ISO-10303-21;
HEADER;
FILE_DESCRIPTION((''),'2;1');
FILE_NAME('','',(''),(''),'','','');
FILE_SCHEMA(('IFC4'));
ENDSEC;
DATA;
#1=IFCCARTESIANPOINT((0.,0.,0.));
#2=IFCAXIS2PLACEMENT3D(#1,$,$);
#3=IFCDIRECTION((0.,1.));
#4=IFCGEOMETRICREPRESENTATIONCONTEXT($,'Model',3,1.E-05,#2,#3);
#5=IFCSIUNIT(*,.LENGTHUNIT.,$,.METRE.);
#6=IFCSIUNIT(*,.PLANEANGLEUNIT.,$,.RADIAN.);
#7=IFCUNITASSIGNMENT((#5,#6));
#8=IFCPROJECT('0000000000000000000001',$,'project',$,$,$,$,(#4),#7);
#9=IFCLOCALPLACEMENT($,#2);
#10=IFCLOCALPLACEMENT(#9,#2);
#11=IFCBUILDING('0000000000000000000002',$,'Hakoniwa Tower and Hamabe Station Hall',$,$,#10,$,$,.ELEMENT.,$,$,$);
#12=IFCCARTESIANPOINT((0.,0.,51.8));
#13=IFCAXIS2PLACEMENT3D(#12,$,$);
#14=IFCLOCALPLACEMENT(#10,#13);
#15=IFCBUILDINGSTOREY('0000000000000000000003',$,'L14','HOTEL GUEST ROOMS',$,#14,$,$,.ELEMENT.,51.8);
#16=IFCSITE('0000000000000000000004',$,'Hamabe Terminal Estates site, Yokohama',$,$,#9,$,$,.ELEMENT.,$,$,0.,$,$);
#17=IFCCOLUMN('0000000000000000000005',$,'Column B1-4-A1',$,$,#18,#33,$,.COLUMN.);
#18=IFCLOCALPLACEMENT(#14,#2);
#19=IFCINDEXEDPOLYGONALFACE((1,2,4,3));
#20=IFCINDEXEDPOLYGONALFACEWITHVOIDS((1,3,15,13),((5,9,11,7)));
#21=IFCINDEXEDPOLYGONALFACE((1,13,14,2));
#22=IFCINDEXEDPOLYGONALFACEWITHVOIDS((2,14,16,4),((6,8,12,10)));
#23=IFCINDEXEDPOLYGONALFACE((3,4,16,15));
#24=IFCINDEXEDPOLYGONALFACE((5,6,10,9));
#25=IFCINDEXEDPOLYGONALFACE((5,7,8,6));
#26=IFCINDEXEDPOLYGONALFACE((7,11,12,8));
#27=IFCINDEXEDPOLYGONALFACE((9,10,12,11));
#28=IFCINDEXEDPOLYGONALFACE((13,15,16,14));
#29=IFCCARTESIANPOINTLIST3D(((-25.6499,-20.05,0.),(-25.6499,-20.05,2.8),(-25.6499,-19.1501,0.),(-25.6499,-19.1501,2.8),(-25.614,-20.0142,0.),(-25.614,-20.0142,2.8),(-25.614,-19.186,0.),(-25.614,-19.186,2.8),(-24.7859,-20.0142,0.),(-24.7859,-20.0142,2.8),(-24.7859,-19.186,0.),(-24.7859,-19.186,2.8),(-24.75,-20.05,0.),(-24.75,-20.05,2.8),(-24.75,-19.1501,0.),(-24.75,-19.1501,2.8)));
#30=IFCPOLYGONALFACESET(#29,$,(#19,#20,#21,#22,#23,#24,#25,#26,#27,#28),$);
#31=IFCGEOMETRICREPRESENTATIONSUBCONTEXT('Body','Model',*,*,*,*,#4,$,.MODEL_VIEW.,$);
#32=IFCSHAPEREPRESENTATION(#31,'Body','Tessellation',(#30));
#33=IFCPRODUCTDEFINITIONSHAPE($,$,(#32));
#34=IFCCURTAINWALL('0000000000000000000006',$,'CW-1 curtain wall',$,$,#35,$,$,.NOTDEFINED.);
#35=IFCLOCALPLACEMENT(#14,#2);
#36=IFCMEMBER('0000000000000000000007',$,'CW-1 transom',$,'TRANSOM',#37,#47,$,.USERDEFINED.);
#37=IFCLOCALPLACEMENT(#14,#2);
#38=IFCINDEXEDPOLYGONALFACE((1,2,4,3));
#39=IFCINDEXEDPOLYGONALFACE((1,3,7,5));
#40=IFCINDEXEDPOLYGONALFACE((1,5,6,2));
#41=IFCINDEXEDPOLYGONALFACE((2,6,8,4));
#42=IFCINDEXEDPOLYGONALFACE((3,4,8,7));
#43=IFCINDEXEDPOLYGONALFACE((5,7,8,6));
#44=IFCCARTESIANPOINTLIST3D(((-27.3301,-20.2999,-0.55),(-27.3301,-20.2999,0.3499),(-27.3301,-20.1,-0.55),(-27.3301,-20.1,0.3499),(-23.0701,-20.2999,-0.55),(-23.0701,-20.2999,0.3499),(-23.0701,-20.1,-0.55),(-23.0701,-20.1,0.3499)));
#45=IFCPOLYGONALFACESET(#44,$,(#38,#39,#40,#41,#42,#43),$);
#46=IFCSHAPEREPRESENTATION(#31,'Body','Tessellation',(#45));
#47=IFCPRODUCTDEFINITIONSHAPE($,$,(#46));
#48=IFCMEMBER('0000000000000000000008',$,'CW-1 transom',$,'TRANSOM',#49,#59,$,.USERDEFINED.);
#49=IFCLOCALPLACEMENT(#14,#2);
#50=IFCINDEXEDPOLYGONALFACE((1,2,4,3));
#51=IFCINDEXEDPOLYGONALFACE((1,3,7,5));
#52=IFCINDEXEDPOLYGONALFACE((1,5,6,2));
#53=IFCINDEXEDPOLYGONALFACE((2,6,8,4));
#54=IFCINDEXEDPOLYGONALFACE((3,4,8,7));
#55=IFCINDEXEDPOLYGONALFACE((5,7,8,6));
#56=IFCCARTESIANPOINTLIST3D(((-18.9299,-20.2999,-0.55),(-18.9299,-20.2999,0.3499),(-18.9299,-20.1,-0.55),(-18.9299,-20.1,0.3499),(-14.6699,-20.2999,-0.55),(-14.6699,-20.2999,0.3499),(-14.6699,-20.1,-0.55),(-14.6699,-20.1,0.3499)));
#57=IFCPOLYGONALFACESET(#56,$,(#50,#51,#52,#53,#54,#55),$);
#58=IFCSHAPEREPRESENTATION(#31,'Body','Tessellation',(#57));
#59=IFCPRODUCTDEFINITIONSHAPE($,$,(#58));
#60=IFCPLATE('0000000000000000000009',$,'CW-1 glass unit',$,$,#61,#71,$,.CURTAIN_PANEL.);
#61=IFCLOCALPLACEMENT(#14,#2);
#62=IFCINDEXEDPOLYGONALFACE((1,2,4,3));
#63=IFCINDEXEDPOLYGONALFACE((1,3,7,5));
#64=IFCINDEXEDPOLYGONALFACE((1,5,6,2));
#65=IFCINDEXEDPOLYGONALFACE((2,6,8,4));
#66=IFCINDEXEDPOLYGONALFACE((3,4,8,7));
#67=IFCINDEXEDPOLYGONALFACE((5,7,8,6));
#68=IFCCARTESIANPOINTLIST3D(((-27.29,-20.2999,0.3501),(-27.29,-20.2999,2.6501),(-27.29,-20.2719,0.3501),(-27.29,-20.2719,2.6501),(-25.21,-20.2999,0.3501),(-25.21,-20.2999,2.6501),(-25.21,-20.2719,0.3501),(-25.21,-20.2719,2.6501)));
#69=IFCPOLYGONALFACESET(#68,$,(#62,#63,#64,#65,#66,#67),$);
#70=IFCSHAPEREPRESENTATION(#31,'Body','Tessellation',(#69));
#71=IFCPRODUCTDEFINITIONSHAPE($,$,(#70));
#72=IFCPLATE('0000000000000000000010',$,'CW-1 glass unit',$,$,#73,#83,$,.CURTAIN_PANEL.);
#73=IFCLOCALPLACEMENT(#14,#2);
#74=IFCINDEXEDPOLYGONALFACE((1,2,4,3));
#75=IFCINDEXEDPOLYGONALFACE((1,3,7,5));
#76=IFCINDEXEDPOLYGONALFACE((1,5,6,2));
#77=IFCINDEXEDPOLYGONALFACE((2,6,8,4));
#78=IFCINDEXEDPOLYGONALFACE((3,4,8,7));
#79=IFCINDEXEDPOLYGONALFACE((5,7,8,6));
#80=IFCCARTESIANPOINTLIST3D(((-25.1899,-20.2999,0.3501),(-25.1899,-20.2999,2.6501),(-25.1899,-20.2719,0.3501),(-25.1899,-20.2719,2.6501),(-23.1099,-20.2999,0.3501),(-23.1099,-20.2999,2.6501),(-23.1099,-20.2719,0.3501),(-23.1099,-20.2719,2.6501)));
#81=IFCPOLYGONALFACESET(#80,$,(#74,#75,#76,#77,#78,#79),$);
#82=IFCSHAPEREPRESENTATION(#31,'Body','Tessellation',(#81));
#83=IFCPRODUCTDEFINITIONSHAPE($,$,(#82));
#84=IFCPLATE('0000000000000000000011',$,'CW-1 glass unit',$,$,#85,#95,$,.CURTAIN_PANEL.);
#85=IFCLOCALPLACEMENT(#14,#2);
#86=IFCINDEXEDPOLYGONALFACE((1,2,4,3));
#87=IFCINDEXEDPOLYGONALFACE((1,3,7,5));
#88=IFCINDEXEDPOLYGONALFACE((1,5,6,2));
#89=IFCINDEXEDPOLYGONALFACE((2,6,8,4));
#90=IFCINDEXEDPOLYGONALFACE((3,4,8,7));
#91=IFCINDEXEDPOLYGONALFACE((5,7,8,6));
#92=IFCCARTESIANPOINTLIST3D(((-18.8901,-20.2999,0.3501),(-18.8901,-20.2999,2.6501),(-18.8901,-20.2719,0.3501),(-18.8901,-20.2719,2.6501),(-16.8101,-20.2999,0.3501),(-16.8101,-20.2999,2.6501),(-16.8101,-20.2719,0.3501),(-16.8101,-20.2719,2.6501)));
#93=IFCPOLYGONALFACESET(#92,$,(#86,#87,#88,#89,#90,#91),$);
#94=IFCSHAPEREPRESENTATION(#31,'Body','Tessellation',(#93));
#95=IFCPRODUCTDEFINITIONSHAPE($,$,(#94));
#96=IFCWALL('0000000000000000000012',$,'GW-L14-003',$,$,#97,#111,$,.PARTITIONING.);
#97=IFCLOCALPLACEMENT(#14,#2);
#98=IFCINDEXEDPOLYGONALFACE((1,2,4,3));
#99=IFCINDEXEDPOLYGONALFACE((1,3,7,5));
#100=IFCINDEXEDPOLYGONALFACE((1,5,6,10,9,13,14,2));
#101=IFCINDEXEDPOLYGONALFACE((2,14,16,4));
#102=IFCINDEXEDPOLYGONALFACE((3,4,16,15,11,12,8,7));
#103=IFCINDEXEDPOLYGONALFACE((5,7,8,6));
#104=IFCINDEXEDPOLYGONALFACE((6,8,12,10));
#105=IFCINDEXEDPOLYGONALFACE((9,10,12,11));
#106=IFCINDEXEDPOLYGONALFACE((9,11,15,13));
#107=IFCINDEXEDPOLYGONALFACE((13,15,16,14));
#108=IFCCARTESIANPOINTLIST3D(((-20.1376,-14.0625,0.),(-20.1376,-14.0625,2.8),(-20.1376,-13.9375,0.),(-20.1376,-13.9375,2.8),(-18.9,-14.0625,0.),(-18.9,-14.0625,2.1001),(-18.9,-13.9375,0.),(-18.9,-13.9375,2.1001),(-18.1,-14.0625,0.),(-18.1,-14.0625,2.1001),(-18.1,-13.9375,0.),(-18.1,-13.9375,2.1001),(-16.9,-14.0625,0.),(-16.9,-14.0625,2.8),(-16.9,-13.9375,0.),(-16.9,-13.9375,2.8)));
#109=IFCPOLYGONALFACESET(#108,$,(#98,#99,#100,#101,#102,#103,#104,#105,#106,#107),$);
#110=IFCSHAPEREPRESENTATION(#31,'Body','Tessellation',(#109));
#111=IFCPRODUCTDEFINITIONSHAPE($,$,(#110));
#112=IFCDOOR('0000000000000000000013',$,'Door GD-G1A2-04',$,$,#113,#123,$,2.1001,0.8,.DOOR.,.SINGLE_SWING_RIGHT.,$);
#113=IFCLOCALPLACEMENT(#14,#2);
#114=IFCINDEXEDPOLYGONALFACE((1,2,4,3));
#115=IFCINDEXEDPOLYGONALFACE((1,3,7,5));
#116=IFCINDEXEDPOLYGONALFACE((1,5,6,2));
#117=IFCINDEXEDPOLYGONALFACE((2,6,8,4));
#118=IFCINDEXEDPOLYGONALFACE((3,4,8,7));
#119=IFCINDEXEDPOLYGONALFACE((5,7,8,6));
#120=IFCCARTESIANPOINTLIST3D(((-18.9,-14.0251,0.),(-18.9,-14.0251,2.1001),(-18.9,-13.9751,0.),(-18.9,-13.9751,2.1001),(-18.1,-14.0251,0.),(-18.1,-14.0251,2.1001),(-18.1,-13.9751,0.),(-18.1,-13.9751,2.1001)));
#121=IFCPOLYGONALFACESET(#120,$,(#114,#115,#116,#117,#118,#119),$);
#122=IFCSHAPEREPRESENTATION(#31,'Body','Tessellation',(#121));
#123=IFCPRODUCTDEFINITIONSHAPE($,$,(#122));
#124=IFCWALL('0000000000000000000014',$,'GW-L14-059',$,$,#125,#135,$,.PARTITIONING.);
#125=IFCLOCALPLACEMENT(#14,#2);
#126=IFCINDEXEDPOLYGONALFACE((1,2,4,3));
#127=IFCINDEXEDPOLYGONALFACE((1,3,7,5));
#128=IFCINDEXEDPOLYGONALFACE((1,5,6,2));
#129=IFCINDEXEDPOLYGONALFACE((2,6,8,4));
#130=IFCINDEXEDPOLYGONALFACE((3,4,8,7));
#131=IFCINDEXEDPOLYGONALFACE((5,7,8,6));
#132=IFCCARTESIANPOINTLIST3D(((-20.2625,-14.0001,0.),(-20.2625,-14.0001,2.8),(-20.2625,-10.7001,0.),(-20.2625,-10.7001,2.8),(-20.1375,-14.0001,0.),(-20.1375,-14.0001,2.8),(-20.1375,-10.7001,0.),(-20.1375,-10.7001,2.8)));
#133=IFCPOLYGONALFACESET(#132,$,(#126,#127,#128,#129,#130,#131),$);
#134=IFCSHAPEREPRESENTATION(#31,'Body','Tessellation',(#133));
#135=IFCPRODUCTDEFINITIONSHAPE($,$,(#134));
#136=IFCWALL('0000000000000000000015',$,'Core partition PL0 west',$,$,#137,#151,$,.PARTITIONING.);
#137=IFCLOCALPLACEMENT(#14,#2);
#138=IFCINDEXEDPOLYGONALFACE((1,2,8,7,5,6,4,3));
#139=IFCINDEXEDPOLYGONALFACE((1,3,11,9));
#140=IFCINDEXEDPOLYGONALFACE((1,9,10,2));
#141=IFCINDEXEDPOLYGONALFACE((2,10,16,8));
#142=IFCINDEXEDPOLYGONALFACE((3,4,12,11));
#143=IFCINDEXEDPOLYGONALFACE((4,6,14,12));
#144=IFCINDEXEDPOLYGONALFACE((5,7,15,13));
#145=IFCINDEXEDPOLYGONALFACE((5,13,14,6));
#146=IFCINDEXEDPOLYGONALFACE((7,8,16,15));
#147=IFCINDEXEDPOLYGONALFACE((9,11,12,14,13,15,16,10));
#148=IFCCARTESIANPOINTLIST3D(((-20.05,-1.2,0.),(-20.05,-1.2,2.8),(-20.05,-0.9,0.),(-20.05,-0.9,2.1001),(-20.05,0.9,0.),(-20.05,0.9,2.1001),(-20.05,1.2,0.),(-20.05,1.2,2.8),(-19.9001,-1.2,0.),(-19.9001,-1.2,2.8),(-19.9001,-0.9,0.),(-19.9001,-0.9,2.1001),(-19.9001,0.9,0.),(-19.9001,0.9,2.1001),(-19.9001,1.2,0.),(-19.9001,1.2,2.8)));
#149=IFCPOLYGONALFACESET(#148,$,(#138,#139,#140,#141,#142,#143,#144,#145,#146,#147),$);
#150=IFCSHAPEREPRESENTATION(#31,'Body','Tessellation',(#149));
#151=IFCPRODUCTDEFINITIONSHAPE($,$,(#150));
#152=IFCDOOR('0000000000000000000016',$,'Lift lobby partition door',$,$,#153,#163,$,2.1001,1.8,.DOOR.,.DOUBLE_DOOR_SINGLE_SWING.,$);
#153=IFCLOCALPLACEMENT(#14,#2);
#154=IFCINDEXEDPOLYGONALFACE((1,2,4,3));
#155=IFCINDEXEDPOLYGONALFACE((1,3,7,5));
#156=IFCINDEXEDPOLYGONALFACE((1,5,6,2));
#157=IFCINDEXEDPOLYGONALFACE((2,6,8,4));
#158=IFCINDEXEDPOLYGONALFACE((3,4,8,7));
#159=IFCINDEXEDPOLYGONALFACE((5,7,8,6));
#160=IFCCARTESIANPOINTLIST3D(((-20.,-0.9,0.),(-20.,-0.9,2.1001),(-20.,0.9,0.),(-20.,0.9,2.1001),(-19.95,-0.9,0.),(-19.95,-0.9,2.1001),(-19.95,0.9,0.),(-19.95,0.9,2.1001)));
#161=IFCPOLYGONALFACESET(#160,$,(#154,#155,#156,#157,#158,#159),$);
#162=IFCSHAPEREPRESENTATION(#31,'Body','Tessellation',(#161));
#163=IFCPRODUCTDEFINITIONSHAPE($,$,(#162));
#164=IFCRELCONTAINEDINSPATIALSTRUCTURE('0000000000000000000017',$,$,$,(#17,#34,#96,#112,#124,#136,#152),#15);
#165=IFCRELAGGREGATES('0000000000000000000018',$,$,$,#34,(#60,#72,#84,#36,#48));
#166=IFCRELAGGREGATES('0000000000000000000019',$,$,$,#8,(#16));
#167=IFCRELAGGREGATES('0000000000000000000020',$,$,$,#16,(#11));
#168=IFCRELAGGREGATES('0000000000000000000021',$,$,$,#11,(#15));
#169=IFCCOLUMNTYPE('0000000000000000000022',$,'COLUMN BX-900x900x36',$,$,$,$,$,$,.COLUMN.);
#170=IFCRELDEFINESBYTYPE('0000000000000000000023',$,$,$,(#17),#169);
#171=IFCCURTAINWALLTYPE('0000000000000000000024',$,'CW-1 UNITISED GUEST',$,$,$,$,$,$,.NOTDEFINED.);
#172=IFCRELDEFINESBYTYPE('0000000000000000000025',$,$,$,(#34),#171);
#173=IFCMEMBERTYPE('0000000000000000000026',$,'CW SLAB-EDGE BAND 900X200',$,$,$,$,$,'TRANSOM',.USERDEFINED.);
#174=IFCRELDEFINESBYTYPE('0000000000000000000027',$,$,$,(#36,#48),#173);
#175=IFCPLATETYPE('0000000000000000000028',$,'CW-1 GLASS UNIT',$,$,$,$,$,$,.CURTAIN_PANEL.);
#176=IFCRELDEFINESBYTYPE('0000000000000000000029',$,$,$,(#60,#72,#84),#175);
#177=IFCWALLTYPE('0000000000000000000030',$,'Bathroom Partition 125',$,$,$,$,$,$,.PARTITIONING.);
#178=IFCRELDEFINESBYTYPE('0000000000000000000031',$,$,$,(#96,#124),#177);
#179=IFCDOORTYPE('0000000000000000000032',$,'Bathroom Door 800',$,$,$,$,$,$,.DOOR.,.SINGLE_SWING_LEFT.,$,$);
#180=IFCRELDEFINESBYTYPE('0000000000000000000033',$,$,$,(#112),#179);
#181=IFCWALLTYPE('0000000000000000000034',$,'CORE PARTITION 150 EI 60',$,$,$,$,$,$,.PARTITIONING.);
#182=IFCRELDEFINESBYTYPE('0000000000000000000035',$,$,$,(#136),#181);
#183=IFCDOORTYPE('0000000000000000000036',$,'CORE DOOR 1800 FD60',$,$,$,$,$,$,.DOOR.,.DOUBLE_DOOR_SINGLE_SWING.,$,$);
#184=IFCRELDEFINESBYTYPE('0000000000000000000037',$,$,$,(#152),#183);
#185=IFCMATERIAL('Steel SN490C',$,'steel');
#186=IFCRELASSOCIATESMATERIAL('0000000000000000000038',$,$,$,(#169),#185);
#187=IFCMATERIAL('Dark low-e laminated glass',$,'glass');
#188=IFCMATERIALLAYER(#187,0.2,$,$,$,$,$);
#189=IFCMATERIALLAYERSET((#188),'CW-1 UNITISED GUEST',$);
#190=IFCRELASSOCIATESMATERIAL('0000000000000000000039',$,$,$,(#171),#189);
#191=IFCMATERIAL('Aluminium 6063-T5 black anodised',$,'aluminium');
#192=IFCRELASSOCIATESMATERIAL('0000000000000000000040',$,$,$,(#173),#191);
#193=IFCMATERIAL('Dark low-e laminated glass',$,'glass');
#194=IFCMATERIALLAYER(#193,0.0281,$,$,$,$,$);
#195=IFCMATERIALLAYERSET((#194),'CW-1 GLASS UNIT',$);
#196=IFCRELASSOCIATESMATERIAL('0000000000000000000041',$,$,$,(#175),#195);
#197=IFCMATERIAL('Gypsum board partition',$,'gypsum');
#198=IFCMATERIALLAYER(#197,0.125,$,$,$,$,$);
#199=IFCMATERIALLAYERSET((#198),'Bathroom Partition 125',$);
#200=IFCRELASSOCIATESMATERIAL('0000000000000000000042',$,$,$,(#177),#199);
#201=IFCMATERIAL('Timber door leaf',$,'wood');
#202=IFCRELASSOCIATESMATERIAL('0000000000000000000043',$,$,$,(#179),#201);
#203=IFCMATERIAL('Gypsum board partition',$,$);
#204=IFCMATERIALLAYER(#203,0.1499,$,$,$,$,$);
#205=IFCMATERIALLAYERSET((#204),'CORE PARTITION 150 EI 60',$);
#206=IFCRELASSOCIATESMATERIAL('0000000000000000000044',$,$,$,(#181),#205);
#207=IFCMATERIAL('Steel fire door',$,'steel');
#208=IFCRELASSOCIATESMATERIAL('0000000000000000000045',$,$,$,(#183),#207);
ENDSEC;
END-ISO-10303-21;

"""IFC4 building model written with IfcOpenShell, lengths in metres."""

from ifc_helpers import new_model, si_unit, direction, frame, frame_2d, origin, origin_2d, place, context, subcontext, project, spatial, rectangle, hollow_rectangle, extrude, material, layer, layer_set, material_profile, profile_set, type_object, element, fill, aggregate, save


model = new_model("IFC4")

# Units and contexts
model_context = context("Model", 3, precision=1e-05, world=origin(), true_north=direction((0.0, 1.0)))
body_context = subcontext(model_context, "Body", "Model", "MODEL_VIEW")
ifc_project = project(units=[si_unit("LENGTHUNIT", "METRE"), si_unit("PLANEANGLEUNIT", "RADIAN")], contexts=[model_context])

# Site, building, storey
site_placement = place(None, origin())
site = spatial("IfcSite", under=ifc_project, at=site_placement, Name="Hamabe Terminal Estates site, Yokohama", CompositionType="ELEMENT", RefElevation=0.0)
building_placement = place(site_placement, origin())
building = spatial("IfcBuilding", under=site, at=building_placement, Name="Hakoniwa Tower and Hamabe Station Hall", CompositionType="ELEMENT")
storey_placement = place(building_placement, frame((0.0, 0.0, 51.8)))
storey = spatial("IfcBuildingStorey", under=building, at=storey_placement, Name="L14", Description="HOTEL GUEST ROOMS", CompositionType="ELEMENT", Elevation=51.8)

# Column
ifc_material_1 = material(Name="Steel SN490C", Category="steel")
ifc_material_profile_1 = material_profile(ifc_material_1, hollow_rectangle(XDim=0.8999, YDim=0.8999, WallThickness=0.0359, at=origin_2d()), Name="BX-900x900x36")
ifc_profile_set_1 = profile_set([ifc_material_profile_1], Name="Steel SN490C")
column_type = type_object("IfcColumnType", Name="COLUMN BX-900x900x36", PredefinedType="COLUMN", material=ifc_profile_set_1)
column_placement = place(storey_placement, frame((-25.2, -19.6001, 0.0), z_axis=(0.0, 0.0, 1.0), x_axis=(1.0, 0.0, 0.0)))
element("IfcColumn", 1, at=column_placement, inside=storey, type_object=column_type, Name="Column B1-4-A1", PredefinedType="COLUMN", context=body_context, shape_type="SweptSolid", body=[
    extrude(hollow_rectangle(XDim=0.8999, YDim=0.8999, WallThickness=0.0359, at=origin_2d()), origin(), (0.0, 0.0, 1.0), 2.8),
])

# Curtain wall, members, plates
ifc_material_2 = material(Name="Dark low-e laminated glass", Category="glass")
ifc_layer_1 = layer(ifc_material_2, 0.2)
ifc_layer_set_1 = layer_set([ifc_layer_1], Name="CW-1 UNITISED GUEST")
curtain_wall_type = type_object("IfcCurtainWallType", Name="CW-1 UNITISED GUEST", PredefinedType="NOTDEFINED", material=ifc_layer_set_1)
curtain_wall_placement = place(storey_placement, origin())
curtain_wall = element("IfcCurtainWall", 2, at=curtain_wall_placement, inside=storey, type_object=curtain_wall_type, Name="CW-1 curtain wall", PredefinedType="NOTDEFINED")
ifc_material_3 = material(Name="Aluminium 6063-T5 black anodised", Category="aluminium")
ifc_material_profile_2 = material_profile(ifc_material_3, rectangle(XDim=0.2, YDim=0.8999, at=origin_2d()), Name="CW SLAB-EDGE BAND 900X200")
ifc_profile_set_2 = profile_set([ifc_material_profile_2], Name="Aluminium 6063-T5 black anodised")
member_type = type_object("IfcMemberType", Name="CW SLAB-EDGE BAND 900X200", ElementType="TRANSOM", PredefinedType="USERDEFINED", material=ifc_profile_set_2)
member_1_placement = place(storey_placement, frame((-27.3301, -20.2, -0.1001), z_axis=(1.0, 0.0, 0.0), x_axis=(0.0, 1.0, 0.0)))
member_1 = element("IfcMember", 3, at=member_1_placement, type_object=member_type, Name="CW-1 transom", ObjectType="TRANSOM", PredefinedType="USERDEFINED", context=body_context, shape_type="SweptSolid", body=[
    extrude(rectangle(XDim=0.2, YDim=0.8999, at=origin_2d()), origin(), (0.0, 0.0, 1.0), 4.26),
])
member_2_placement = place(storey_placement, frame((-18.9299, -20.2, -0.1001), z_axis=(1.0, 0.0, 0.0), x_axis=(0.0, 1.0, 0.0)))
member_2 = element("IfcMember", 4, at=member_2_placement, type_object=member_type, Name="CW-1 transom", ObjectType="TRANSOM", PredefinedType="USERDEFINED", context=body_context, shape_type="SweptSolid", body=[
    extrude(rectangle(XDim=0.2, YDim=0.8999, at=origin_2d()), origin(), (0.0, 0.0, 1.0), 4.26),
])
ifc_material_4 = material(Name="Dark low-e laminated glass", Category="glass")
ifc_layer_2 = layer(ifc_material_4, 0.0281)
ifc_layer_set_2 = layer_set([ifc_layer_2], Name="CW-1 GLASS UNIT")
plate_type = type_object("IfcPlateType", Name="CW-1 GLASS UNIT", PredefinedType="CURTAIN_PANEL", material=ifc_layer_set_2)
plate_1_placement = place(storey_placement, frame((-26.25, -20.2859, 0.3501), z_axis=(0.0, 0.0, 1.0), x_axis=(1.0, 0.0, 0.0)))
plate_1 = element("IfcPlate", 5, at=plate_1_placement, type_object=plate_type, Name="CW-1 glass unit", PredefinedType="CURTAIN_PANEL", context=body_context, shape_type="SweptSolid", body=[
    extrude(rectangle(XDim=2.0801, YDim=0.0281, at=origin_2d()), origin(), (0.0, 0.0, 1.0), 2.3),
])
plate_2_placement = place(storey_placement, frame((-24.1499, -20.2859, 0.3501), z_axis=(0.0, 0.0, 1.0), x_axis=(1.0, 0.0, 0.0)))
plate_2 = element("IfcPlate", 6, at=plate_2_placement, type_object=plate_type, Name="CW-1 glass unit", PredefinedType="CURTAIN_PANEL", context=body_context, shape_type="SweptSolid", body=[
    extrude(rectangle(XDim=2.0801, YDim=0.0281, at=origin_2d()), origin(), (0.0, 0.0, 1.0), 2.3),
])
plate_3_placement = place(storey_placement, frame((-17.8501, -20.2859, 0.3501), z_axis=(0.0, 0.0, 1.0), x_axis=(1.0, 0.0, 0.0)))
plate_3 = element("IfcPlate", 7, at=plate_3_placement, type_object=plate_type, Name="CW-1 glass unit", PredefinedType="CURTAIN_PANEL", context=body_context, shape_type="SweptSolid", body=[
    extrude(rectangle(XDim=2.0801, YDim=0.0281, at=origin_2d()), origin(), (0.0, 0.0, 1.0), 2.3),
])

# Wall, opening, door
ifc_material_5 = material(Name="Gypsum board partition", Category="gypsum")
ifc_layer_3 = layer(ifc_material_5, 0.125)
ifc_layer_set_3 = layer_set([ifc_layer_3], Name="Bathroom Partition 125")
wall_type_1 = type_object("IfcWallType", Name="Bathroom Partition 125", PredefinedType="PARTITIONING", material=ifc_layer_set_3)
wall_1_placement = place(storey_placement, frame((-20.1375, -14.0, 0.0), z_axis=(0.0, 0.0, 1.0), x_axis=(1.0, 0.0, 0.0)))
wall_1 = element("IfcWall", 8, at=wall_1_placement, inside=storey, type_object=wall_type_1, Name="GW-L14-003", PredefinedType="PARTITIONING", context=body_context, shape_type="SweptSolid", body=[
    extrude(rectangle(XDim=3.2375, YDim=0.125, at=frame_2d((1.6187, 0.0))), origin(), (0.0, 0.0, 1.0), 2.8),
])
opening_1_placement = place(wall_1_placement, frame((1.2375, 0.0, 0.0)))
opening_1 = element("IfcOpeningElement", 9, at=opening_1_placement, cuts=wall_1, PredefinedType="OPENING", context=body_context, shape_type="SweptSolid", body=[
    extrude(rectangle(XDim=0.8, YDim=2.1001, at=frame_2d((0.3999, 1.05))), frame((0.0, 0.0725, 0.0), z_axis=(0.0, -1.0, 0.0), x_axis=(1.0, 0.0, 0.0)), (0.0, 0.0, 1.0), 0.145),
])
ifc_material_6 = material(Name="Timber door leaf", Category="wood")
door_type_1 = type_object("IfcDoorType", Name="Bathroom Door 800", OperationType="SINGLE_SWING_LEFT", PredefinedType="DOOR", material=ifc_material_6)
door_1_placement = place(opening_1_placement, origin())
door_1 = element("IfcDoor", 10, at=door_1_placement, inside=storey, type_object=door_type_1, Name="Door GD-G1A2-04", OperationType="SINGLE_SWING_RIGHT", OverallHeight=2.1001, OverallWidth=0.8, PredefinedType="DOOR", context=body_context, shape_type="SweptSolid", body=[
    extrude(rectangle(XDim=0.8, YDim=2.1001, at=frame_2d((0.3999, 1.05))), frame((0.0, 0.0249, 0.0), z_axis=(0.0, -1.0, 0.0), x_axis=(1.0, 0.0, 0.0)), (0.0, 0.0, 1.0), 0.05),
])
fill(opening_1, door_1)

# Wall
wall_2_placement = place(storey_placement, frame((-20.2, -14.0, 0.0), z_axis=(0.0, 0.0, 1.0), x_axis=(0.0, 1.0, 0.0)))
element("IfcWall", 11, at=wall_2_placement, inside=storey, type_object=wall_type_1, Name="GW-L14-059", PredefinedType="PARTITIONING", context=body_context, shape_type="SweptSolid", body=[
    extrude(rectangle(XDim=3.3, YDim=0.125, at=frame_2d((1.6499, 0.0))), origin(), (0.0, 0.0, 1.0), 2.8),
])

# Wall, opening, door
ifc_material_7 = material(Name="Gypsum board partition")
ifc_layer_4 = layer(ifc_material_7, 0.1499)
ifc_layer_set_4 = layer_set([ifc_layer_4], Name="CORE PARTITION 150 EI 60")
wall_type_2 = type_object("IfcWallType", Name="CORE PARTITION 150 EI 60", PredefinedType="PARTITIONING", material=ifc_layer_set_4)
wall_3_placement = place(storey_placement, frame((-19.9751, -1.2, 0.0), z_axis=(0.0, 0.0, 1.0), x_axis=(0.0, 1.0, 0.0)))
wall_3 = element("IfcWall", 12, at=wall_3_placement, inside=storey, type_object=wall_type_2, Name="Core partition PL0 west", PredefinedType="PARTITIONING", context=body_context, shape_type="SweptSolid", body=[
    extrude(rectangle(XDim=2.3999, YDim=0.1499, at=frame_2d((1.2, 0.0))), origin(), (0.0, 0.0, 1.0), 2.8),
])
opening_2_placement = place(wall_3_placement, frame((0.3, 0.0, 0.0)))
opening_2 = element("IfcOpeningElement", 13, at=opening_2_placement, cuts=wall_3, PredefinedType="OPENING", context=body_context, shape_type="SweptSolid", body=[
    extrude(rectangle(XDim=1.8, YDim=2.1001, at=frame_2d((0.8999, 1.05))), frame((0.0, 0.085, 0.0), z_axis=(0.0, -1.0, 0.0), x_axis=(1.0, 0.0, 0.0)), (0.0, 0.0, 1.0), 0.1699),
])
ifc_material_8 = material(Name="Steel fire door", Category="steel")
door_type_2 = type_object("IfcDoorType", Name="CORE DOOR 1800 FD60", OperationType="DOUBLE_DOOR_SINGLE_SWING", PredefinedType="DOOR", material=ifc_material_8)
door_2_placement = place(opening_2_placement, origin())
door_2 = element("IfcDoor", 14, at=door_2_placement, inside=storey, type_object=door_type_2, Name="Lift lobby partition door", OperationType="DOUBLE_DOOR_SINGLE_SWING", OverallHeight=2.1001, OverallWidth=1.8, PredefinedType="DOOR", context=body_context, shape_type="SweptSolid", body=[
    extrude(rectangle(XDim=1.8, YDim=2.1001, at=frame_2d((0.8999, 1.05))), frame((0.0, 0.0249, 0.0), z_axis=(0.0, -1.0, 0.0), x_axis=(1.0, 0.0, 0.0)), (0.0, 0.0, 1.0), 0.05),
])
fill(opening_2, door_2)

aggregate(curtain_wall, [plate_1, plate_2, plate_3, member_1, member_2])

save(model, "model.ifc")
